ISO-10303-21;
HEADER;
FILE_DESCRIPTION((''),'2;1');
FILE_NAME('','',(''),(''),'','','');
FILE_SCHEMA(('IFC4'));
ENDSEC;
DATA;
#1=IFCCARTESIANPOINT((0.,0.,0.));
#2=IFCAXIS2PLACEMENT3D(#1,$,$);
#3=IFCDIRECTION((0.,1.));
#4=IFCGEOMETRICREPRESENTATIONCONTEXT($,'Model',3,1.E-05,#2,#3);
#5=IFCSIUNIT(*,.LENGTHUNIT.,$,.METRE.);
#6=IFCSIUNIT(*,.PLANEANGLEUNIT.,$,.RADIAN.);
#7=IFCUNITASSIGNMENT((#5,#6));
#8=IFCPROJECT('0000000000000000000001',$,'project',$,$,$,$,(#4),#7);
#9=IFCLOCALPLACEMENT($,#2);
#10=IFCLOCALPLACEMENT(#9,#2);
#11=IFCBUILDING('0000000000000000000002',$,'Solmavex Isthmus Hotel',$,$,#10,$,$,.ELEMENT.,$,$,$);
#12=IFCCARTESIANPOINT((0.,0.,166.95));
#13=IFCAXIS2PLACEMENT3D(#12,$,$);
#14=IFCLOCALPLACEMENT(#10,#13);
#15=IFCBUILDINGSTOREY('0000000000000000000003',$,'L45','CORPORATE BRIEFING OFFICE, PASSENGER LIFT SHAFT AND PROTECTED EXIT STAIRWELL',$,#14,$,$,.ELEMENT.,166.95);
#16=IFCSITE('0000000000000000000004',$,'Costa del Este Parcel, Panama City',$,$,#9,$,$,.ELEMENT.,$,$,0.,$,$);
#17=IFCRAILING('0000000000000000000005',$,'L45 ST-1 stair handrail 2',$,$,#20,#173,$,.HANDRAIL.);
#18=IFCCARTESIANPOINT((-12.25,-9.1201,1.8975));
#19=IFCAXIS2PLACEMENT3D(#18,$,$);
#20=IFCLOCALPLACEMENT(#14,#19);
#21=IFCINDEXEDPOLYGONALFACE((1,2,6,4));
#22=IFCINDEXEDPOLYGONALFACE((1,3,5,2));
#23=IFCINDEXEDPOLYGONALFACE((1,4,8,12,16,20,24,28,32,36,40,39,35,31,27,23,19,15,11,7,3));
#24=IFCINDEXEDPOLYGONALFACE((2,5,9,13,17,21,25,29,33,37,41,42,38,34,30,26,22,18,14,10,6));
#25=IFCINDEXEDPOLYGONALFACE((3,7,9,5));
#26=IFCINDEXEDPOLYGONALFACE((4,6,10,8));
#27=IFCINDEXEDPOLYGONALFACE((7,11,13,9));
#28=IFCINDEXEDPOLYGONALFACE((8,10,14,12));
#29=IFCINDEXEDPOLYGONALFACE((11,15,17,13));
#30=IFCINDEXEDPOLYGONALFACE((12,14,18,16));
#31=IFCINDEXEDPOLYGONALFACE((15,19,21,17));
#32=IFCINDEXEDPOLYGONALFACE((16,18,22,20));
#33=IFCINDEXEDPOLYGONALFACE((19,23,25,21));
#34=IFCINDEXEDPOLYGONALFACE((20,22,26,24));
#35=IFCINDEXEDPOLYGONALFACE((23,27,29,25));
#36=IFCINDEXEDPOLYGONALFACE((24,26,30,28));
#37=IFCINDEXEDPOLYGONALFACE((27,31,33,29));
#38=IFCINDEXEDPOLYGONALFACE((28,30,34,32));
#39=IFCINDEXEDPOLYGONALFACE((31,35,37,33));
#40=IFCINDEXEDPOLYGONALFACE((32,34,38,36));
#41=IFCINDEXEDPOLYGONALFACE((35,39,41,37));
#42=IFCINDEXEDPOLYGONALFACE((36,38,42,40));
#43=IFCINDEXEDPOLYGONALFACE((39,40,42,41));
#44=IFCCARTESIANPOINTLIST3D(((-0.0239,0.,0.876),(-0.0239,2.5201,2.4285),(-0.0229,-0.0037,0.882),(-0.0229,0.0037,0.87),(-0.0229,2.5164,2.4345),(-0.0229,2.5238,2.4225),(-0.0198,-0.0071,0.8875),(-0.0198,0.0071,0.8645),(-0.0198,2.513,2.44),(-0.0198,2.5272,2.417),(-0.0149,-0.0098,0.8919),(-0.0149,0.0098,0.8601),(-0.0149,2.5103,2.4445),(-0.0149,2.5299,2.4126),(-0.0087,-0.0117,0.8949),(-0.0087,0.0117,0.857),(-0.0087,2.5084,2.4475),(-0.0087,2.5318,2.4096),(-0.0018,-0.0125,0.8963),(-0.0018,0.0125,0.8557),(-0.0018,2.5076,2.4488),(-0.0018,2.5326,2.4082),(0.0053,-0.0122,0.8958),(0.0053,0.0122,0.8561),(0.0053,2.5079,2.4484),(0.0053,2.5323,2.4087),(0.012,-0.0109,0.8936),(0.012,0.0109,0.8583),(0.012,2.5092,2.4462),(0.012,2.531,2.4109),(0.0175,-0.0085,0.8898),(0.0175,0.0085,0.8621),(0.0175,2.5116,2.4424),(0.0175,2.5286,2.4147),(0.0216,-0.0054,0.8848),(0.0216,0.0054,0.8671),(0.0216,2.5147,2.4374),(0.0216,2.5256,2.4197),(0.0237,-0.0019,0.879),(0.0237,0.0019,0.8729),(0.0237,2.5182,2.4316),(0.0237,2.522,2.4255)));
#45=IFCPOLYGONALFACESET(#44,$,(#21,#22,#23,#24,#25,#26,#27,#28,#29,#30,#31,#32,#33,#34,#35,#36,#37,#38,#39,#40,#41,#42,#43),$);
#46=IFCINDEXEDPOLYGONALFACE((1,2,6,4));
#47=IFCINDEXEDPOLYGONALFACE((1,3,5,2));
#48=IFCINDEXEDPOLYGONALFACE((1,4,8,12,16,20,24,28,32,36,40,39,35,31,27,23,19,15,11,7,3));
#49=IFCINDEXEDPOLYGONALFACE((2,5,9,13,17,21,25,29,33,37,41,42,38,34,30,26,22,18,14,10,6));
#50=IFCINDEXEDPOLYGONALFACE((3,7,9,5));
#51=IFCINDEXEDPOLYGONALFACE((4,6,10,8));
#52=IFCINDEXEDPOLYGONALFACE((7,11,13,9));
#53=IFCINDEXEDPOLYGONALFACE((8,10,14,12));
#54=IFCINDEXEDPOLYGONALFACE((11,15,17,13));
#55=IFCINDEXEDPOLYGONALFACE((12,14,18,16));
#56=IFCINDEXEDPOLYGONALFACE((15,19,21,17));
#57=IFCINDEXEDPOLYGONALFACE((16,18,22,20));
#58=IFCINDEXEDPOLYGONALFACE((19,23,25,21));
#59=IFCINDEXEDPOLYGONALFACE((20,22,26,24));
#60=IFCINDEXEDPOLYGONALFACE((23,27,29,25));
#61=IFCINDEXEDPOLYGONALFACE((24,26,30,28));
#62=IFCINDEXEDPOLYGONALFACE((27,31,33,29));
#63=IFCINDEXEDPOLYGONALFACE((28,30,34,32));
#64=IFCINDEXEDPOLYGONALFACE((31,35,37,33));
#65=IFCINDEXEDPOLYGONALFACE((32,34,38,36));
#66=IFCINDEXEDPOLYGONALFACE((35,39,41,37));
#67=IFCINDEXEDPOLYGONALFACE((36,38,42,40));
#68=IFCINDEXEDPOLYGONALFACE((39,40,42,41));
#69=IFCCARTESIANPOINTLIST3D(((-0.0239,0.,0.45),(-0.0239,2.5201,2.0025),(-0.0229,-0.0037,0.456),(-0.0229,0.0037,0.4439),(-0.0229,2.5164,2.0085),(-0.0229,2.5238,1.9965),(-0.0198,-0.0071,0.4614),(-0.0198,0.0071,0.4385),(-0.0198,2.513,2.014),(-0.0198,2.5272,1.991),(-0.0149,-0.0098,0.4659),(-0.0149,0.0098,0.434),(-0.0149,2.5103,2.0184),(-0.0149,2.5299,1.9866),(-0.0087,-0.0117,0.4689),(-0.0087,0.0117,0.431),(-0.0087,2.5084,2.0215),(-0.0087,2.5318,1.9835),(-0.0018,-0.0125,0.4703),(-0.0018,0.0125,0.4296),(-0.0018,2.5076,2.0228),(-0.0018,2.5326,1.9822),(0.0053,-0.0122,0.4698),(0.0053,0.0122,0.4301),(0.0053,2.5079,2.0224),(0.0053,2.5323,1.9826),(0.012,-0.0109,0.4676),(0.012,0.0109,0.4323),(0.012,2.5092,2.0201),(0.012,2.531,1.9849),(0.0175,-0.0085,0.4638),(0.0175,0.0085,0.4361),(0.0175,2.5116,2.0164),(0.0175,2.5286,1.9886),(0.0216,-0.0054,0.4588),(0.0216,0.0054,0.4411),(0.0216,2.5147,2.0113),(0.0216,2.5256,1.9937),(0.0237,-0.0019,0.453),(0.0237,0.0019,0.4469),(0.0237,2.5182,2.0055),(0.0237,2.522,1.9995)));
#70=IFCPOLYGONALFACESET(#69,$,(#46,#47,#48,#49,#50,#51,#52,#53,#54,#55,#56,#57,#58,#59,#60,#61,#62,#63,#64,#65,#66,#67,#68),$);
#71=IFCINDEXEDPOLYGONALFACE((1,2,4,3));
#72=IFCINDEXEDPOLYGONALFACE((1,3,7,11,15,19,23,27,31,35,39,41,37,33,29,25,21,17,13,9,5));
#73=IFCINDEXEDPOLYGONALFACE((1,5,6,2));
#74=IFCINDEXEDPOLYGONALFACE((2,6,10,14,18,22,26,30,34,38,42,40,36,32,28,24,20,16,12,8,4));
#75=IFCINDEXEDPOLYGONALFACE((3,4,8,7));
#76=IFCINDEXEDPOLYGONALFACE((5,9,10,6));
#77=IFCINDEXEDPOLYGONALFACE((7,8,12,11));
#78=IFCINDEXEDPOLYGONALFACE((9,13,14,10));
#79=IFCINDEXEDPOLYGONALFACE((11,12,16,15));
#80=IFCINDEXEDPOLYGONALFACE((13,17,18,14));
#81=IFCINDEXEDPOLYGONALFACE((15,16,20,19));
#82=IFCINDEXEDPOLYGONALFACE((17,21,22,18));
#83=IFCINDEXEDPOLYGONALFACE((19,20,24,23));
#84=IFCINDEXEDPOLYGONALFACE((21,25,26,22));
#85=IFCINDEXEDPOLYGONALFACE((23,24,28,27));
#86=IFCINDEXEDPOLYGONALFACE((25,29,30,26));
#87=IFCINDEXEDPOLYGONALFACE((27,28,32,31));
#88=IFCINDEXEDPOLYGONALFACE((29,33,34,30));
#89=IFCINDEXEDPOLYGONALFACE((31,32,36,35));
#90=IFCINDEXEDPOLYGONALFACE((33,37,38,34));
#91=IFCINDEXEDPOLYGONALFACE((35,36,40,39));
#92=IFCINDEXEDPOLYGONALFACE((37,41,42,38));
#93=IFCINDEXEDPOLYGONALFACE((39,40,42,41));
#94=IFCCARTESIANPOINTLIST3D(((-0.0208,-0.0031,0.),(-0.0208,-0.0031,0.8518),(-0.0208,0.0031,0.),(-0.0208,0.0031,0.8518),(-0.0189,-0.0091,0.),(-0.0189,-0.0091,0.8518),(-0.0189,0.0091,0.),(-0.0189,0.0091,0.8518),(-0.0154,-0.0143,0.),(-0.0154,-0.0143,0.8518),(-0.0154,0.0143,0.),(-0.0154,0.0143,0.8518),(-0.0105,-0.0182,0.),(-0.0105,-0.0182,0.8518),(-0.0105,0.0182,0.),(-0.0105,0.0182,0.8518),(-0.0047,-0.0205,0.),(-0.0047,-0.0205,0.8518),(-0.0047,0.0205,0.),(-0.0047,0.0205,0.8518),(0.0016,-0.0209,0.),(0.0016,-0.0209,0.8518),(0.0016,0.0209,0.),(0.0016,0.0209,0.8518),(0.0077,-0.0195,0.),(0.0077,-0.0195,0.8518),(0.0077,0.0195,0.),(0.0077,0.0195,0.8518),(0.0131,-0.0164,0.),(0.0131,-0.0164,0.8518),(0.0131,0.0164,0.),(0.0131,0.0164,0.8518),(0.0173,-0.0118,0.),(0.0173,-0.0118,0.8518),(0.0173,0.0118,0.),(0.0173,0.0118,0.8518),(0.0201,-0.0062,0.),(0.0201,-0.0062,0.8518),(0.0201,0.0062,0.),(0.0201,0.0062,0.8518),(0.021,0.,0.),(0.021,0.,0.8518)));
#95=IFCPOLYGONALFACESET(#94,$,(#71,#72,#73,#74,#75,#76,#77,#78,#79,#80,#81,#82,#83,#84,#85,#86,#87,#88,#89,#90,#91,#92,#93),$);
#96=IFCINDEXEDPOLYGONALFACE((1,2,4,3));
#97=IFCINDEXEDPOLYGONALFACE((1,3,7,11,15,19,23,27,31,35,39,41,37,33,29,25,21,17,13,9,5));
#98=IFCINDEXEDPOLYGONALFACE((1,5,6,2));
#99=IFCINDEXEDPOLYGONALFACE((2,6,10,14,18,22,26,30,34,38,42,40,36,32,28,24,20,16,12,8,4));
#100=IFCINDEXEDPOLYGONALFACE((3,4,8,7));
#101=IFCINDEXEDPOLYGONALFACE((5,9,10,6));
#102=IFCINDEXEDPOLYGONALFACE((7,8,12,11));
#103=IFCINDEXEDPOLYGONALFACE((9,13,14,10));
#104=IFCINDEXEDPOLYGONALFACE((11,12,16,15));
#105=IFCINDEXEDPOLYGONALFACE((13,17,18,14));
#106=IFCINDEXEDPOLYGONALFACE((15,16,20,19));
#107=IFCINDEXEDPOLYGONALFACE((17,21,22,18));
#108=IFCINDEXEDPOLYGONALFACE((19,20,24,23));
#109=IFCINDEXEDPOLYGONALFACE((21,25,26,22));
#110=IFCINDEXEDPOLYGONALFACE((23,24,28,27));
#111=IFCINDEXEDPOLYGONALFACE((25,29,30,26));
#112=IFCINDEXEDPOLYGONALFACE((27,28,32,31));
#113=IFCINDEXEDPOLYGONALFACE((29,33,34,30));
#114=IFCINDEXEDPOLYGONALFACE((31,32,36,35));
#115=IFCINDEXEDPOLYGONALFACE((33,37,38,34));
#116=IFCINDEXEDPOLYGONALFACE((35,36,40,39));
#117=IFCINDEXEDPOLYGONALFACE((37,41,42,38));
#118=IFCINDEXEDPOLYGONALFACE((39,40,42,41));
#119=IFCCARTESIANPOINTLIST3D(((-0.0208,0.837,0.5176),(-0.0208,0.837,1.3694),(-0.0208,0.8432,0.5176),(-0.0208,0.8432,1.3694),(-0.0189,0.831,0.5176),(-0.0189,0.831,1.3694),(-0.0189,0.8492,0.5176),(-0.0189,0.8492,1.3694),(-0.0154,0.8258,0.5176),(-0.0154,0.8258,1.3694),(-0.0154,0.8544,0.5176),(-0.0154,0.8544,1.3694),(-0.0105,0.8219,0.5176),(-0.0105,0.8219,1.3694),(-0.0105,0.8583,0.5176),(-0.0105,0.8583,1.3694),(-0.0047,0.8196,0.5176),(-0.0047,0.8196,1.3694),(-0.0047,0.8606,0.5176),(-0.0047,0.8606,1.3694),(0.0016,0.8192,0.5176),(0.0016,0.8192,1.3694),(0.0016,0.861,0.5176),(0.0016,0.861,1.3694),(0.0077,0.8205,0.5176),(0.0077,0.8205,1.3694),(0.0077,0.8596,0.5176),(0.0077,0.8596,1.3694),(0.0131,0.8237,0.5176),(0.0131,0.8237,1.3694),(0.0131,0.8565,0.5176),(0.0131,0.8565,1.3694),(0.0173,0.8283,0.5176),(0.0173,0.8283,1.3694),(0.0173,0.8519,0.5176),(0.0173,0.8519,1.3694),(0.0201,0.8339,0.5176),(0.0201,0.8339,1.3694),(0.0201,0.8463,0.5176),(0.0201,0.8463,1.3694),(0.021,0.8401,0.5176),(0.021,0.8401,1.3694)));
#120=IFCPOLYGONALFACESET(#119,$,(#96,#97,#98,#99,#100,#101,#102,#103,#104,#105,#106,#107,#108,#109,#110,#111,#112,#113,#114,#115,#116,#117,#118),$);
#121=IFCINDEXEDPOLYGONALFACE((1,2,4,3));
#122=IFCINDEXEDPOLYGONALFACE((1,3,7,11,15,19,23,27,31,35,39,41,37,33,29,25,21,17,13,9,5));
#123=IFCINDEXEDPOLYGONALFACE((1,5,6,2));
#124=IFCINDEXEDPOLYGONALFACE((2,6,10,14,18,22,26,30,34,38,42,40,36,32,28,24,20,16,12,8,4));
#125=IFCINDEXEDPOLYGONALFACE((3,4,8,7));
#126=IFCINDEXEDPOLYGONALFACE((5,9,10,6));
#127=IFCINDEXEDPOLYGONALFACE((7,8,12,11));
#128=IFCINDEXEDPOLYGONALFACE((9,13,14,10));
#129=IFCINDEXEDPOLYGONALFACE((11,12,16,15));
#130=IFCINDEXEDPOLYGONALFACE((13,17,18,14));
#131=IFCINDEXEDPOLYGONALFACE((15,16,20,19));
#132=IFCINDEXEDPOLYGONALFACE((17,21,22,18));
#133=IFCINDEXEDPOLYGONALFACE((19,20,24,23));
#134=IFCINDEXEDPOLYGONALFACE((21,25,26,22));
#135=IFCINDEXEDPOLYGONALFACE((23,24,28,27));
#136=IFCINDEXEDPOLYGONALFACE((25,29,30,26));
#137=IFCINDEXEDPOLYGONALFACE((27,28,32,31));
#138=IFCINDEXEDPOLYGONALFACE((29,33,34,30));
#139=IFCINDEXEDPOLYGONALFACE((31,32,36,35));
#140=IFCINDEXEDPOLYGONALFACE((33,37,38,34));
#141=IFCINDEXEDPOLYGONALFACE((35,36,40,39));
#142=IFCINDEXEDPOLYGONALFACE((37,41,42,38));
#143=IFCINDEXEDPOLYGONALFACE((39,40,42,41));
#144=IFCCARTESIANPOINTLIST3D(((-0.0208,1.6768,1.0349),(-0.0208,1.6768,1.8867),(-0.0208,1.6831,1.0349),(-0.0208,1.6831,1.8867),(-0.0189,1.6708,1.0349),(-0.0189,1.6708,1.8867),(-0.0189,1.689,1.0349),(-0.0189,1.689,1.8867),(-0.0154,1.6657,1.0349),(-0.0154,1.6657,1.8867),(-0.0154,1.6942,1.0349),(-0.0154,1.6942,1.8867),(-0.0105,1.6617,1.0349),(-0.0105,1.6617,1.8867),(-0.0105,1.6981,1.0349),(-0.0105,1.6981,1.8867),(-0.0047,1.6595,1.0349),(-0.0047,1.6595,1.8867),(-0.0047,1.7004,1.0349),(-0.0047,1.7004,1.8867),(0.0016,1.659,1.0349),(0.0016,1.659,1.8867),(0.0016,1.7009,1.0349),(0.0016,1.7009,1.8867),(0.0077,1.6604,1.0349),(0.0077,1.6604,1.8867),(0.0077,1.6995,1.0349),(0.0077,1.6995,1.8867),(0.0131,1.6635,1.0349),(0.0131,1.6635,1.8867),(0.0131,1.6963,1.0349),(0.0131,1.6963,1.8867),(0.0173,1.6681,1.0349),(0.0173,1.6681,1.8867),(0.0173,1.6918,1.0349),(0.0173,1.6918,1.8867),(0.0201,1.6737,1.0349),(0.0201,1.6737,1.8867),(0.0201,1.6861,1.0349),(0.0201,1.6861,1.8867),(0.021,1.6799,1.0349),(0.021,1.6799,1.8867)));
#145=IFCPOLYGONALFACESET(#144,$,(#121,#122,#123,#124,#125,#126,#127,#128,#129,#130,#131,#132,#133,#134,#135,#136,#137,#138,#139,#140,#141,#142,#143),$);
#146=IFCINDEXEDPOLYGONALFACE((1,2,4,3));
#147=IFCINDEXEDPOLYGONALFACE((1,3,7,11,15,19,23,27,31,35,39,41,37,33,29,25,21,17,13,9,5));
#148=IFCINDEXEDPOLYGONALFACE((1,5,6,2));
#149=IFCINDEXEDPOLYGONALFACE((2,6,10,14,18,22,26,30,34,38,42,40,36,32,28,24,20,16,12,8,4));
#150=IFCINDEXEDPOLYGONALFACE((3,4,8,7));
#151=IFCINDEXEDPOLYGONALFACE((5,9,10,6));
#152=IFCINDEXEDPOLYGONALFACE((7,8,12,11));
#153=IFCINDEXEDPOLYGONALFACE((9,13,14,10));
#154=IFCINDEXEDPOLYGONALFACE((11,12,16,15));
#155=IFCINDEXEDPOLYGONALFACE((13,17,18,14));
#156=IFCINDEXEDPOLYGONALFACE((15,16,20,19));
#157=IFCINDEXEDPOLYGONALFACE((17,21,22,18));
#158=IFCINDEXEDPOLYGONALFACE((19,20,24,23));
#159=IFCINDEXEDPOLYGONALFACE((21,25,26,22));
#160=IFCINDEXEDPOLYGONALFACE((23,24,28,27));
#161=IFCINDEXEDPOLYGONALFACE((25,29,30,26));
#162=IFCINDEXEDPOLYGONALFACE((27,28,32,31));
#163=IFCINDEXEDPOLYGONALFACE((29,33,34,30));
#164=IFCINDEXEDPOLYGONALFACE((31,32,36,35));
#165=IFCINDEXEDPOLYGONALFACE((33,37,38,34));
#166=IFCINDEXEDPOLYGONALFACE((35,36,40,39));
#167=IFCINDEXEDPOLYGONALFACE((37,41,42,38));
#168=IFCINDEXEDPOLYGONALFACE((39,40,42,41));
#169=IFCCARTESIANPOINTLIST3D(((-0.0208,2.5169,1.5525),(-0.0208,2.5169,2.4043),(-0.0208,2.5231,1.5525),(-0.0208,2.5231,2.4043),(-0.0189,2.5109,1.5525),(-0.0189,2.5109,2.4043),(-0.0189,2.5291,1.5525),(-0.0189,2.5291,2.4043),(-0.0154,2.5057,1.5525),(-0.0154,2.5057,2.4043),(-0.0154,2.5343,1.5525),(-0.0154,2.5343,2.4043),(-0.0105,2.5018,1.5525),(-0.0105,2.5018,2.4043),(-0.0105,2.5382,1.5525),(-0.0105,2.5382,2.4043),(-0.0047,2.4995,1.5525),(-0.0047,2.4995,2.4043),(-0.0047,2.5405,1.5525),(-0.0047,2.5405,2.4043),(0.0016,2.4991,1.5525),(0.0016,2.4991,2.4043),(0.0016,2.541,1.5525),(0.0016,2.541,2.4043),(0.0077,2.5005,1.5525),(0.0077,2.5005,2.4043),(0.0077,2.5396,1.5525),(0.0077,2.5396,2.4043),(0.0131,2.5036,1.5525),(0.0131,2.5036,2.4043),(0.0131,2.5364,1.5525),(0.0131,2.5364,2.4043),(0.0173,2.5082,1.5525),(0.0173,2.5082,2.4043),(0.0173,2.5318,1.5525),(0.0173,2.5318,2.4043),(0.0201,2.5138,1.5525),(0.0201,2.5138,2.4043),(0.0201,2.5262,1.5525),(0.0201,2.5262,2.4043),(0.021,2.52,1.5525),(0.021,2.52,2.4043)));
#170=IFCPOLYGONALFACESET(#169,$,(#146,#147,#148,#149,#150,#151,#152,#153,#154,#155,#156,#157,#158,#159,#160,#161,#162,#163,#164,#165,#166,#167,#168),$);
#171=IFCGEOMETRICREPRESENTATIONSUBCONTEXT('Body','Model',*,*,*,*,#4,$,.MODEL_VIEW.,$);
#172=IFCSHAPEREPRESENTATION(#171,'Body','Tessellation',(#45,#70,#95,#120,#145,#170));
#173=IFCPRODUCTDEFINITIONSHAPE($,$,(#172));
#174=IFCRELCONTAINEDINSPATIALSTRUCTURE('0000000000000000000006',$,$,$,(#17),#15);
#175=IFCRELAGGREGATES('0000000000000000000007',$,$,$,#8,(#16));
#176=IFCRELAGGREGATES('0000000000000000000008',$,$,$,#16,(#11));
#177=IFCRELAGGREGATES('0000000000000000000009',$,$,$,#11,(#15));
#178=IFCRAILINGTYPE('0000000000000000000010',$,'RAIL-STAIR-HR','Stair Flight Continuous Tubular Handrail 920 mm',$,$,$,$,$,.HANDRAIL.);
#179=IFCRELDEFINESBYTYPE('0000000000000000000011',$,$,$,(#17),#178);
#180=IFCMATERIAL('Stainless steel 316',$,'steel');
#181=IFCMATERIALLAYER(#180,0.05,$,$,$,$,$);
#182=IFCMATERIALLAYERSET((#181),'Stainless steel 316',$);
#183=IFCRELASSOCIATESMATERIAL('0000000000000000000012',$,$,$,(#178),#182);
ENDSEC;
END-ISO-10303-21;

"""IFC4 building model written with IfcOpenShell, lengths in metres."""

from ifc_helpers import new_model, si_unit, direction, frame, origin, origin_2d, place, context, subcontext, project, spatial, circle, extrude, material, layer, layer_set, type_object, element, save


model = new_model("IFC4")

# Units and contexts
model_context = context("Model", 3, precision=1e-05, world=origin(), true_north=direction((0.0, 1.0)))
body_context = subcontext(model_context, "Body", "Model", "MODEL_VIEW")
ifc_project = project(units=[si_unit("LENGTHUNIT", "METRE"), si_unit("PLANEANGLEUNIT", "RADIAN")], contexts=[model_context])

# Site, building, storey
site_placement = place(None, origin())
site = spatial("IfcSite", under=ifc_project, at=site_placement, Name="Costa del Este Parcel, Panama City", CompositionType="ELEMENT", RefElevation=0.0)
building_placement = place(site_placement, origin())
building = spatial("IfcBuilding", under=site, at=building_placement, Name="Solmavex Isthmus Hotel", CompositionType="ELEMENT")
storey_placement = place(building_placement, frame((0.0, 0.0, 166.95)))
storey = spatial("IfcBuildingStorey", under=building, at=storey_placement, Name="L45", Description="CORPORATE BRIEFING OFFICE, PASSENGER LIFT SHAFT AND PROTECTED EXIT STAIRWELL", CompositionType="ELEMENT", Elevation=166.95)

# Shared definitions
ifc_material_1 = material(Name="Stainless steel 316", Category="steel")

# Railing
ifc_layer_1 = layer(ifc_material_1, 0.05)
ifc_layer_set_1 = layer_set([ifc_layer_1], Name="Stainless steel 316")
railing_type = type_object("IfcRailingType", Name="RAIL-STAIR-HR", Description="Stair Flight Continuous Tubular Handrail 920 mm", PredefinedType="HANDRAIL", material=ifc_layer_set_1)
railing_placement = place(storey_placement, frame((-12.25, -9.1201, 1.8975)))
element("IfcRailing", 1, at=railing_placement, inside=storey, type_object=railing_type, Name="L45 ST-1 stair handrail 2", PredefinedType="HANDRAIL", context=body_context, shape_type="SweptSolid", body=[
    extrude(circle(Radius=0.0239, at=origin_2d()), frame((0.0, 0.0, 0.876), z_axis=(0.0, 0.8514, 0.524516), x_axis=(-1.0, 0.0, 0.0)), (0.0, 0.0, 1.0), 2.96),
    extrude(circle(Radius=0.0239, at=origin_2d()), frame((0.0, 0.0, 0.45), z_axis=(0.0, 0.8514, 0.524516), x_axis=(-1.0, 0.0, 0.0)), (0.0, 0.0, 1.0), 2.96),
    extrude(circle(Radius=0.021, at=origin_2d()), origin(), (0.0, 0.0, 1.0), 0.8518),
    extrude(circle(Radius=0.021, at=origin_2d()), frame((0.0, 0.8401, 0.5176)), (0.0, 0.0, 1.0), 0.8518),
    extrude(circle(Radius=0.021, at=origin_2d()), frame((0.0, 1.6799, 1.0349)), (0.0, 0.0, 1.0), 0.8518),
    extrude(circle(Radius=0.021, at=origin_2d()), frame((0.0, 2.52, 1.5525)), (0.0, 0.0, 1.0), 0.8518),
])

save(model, "model.ifc")
